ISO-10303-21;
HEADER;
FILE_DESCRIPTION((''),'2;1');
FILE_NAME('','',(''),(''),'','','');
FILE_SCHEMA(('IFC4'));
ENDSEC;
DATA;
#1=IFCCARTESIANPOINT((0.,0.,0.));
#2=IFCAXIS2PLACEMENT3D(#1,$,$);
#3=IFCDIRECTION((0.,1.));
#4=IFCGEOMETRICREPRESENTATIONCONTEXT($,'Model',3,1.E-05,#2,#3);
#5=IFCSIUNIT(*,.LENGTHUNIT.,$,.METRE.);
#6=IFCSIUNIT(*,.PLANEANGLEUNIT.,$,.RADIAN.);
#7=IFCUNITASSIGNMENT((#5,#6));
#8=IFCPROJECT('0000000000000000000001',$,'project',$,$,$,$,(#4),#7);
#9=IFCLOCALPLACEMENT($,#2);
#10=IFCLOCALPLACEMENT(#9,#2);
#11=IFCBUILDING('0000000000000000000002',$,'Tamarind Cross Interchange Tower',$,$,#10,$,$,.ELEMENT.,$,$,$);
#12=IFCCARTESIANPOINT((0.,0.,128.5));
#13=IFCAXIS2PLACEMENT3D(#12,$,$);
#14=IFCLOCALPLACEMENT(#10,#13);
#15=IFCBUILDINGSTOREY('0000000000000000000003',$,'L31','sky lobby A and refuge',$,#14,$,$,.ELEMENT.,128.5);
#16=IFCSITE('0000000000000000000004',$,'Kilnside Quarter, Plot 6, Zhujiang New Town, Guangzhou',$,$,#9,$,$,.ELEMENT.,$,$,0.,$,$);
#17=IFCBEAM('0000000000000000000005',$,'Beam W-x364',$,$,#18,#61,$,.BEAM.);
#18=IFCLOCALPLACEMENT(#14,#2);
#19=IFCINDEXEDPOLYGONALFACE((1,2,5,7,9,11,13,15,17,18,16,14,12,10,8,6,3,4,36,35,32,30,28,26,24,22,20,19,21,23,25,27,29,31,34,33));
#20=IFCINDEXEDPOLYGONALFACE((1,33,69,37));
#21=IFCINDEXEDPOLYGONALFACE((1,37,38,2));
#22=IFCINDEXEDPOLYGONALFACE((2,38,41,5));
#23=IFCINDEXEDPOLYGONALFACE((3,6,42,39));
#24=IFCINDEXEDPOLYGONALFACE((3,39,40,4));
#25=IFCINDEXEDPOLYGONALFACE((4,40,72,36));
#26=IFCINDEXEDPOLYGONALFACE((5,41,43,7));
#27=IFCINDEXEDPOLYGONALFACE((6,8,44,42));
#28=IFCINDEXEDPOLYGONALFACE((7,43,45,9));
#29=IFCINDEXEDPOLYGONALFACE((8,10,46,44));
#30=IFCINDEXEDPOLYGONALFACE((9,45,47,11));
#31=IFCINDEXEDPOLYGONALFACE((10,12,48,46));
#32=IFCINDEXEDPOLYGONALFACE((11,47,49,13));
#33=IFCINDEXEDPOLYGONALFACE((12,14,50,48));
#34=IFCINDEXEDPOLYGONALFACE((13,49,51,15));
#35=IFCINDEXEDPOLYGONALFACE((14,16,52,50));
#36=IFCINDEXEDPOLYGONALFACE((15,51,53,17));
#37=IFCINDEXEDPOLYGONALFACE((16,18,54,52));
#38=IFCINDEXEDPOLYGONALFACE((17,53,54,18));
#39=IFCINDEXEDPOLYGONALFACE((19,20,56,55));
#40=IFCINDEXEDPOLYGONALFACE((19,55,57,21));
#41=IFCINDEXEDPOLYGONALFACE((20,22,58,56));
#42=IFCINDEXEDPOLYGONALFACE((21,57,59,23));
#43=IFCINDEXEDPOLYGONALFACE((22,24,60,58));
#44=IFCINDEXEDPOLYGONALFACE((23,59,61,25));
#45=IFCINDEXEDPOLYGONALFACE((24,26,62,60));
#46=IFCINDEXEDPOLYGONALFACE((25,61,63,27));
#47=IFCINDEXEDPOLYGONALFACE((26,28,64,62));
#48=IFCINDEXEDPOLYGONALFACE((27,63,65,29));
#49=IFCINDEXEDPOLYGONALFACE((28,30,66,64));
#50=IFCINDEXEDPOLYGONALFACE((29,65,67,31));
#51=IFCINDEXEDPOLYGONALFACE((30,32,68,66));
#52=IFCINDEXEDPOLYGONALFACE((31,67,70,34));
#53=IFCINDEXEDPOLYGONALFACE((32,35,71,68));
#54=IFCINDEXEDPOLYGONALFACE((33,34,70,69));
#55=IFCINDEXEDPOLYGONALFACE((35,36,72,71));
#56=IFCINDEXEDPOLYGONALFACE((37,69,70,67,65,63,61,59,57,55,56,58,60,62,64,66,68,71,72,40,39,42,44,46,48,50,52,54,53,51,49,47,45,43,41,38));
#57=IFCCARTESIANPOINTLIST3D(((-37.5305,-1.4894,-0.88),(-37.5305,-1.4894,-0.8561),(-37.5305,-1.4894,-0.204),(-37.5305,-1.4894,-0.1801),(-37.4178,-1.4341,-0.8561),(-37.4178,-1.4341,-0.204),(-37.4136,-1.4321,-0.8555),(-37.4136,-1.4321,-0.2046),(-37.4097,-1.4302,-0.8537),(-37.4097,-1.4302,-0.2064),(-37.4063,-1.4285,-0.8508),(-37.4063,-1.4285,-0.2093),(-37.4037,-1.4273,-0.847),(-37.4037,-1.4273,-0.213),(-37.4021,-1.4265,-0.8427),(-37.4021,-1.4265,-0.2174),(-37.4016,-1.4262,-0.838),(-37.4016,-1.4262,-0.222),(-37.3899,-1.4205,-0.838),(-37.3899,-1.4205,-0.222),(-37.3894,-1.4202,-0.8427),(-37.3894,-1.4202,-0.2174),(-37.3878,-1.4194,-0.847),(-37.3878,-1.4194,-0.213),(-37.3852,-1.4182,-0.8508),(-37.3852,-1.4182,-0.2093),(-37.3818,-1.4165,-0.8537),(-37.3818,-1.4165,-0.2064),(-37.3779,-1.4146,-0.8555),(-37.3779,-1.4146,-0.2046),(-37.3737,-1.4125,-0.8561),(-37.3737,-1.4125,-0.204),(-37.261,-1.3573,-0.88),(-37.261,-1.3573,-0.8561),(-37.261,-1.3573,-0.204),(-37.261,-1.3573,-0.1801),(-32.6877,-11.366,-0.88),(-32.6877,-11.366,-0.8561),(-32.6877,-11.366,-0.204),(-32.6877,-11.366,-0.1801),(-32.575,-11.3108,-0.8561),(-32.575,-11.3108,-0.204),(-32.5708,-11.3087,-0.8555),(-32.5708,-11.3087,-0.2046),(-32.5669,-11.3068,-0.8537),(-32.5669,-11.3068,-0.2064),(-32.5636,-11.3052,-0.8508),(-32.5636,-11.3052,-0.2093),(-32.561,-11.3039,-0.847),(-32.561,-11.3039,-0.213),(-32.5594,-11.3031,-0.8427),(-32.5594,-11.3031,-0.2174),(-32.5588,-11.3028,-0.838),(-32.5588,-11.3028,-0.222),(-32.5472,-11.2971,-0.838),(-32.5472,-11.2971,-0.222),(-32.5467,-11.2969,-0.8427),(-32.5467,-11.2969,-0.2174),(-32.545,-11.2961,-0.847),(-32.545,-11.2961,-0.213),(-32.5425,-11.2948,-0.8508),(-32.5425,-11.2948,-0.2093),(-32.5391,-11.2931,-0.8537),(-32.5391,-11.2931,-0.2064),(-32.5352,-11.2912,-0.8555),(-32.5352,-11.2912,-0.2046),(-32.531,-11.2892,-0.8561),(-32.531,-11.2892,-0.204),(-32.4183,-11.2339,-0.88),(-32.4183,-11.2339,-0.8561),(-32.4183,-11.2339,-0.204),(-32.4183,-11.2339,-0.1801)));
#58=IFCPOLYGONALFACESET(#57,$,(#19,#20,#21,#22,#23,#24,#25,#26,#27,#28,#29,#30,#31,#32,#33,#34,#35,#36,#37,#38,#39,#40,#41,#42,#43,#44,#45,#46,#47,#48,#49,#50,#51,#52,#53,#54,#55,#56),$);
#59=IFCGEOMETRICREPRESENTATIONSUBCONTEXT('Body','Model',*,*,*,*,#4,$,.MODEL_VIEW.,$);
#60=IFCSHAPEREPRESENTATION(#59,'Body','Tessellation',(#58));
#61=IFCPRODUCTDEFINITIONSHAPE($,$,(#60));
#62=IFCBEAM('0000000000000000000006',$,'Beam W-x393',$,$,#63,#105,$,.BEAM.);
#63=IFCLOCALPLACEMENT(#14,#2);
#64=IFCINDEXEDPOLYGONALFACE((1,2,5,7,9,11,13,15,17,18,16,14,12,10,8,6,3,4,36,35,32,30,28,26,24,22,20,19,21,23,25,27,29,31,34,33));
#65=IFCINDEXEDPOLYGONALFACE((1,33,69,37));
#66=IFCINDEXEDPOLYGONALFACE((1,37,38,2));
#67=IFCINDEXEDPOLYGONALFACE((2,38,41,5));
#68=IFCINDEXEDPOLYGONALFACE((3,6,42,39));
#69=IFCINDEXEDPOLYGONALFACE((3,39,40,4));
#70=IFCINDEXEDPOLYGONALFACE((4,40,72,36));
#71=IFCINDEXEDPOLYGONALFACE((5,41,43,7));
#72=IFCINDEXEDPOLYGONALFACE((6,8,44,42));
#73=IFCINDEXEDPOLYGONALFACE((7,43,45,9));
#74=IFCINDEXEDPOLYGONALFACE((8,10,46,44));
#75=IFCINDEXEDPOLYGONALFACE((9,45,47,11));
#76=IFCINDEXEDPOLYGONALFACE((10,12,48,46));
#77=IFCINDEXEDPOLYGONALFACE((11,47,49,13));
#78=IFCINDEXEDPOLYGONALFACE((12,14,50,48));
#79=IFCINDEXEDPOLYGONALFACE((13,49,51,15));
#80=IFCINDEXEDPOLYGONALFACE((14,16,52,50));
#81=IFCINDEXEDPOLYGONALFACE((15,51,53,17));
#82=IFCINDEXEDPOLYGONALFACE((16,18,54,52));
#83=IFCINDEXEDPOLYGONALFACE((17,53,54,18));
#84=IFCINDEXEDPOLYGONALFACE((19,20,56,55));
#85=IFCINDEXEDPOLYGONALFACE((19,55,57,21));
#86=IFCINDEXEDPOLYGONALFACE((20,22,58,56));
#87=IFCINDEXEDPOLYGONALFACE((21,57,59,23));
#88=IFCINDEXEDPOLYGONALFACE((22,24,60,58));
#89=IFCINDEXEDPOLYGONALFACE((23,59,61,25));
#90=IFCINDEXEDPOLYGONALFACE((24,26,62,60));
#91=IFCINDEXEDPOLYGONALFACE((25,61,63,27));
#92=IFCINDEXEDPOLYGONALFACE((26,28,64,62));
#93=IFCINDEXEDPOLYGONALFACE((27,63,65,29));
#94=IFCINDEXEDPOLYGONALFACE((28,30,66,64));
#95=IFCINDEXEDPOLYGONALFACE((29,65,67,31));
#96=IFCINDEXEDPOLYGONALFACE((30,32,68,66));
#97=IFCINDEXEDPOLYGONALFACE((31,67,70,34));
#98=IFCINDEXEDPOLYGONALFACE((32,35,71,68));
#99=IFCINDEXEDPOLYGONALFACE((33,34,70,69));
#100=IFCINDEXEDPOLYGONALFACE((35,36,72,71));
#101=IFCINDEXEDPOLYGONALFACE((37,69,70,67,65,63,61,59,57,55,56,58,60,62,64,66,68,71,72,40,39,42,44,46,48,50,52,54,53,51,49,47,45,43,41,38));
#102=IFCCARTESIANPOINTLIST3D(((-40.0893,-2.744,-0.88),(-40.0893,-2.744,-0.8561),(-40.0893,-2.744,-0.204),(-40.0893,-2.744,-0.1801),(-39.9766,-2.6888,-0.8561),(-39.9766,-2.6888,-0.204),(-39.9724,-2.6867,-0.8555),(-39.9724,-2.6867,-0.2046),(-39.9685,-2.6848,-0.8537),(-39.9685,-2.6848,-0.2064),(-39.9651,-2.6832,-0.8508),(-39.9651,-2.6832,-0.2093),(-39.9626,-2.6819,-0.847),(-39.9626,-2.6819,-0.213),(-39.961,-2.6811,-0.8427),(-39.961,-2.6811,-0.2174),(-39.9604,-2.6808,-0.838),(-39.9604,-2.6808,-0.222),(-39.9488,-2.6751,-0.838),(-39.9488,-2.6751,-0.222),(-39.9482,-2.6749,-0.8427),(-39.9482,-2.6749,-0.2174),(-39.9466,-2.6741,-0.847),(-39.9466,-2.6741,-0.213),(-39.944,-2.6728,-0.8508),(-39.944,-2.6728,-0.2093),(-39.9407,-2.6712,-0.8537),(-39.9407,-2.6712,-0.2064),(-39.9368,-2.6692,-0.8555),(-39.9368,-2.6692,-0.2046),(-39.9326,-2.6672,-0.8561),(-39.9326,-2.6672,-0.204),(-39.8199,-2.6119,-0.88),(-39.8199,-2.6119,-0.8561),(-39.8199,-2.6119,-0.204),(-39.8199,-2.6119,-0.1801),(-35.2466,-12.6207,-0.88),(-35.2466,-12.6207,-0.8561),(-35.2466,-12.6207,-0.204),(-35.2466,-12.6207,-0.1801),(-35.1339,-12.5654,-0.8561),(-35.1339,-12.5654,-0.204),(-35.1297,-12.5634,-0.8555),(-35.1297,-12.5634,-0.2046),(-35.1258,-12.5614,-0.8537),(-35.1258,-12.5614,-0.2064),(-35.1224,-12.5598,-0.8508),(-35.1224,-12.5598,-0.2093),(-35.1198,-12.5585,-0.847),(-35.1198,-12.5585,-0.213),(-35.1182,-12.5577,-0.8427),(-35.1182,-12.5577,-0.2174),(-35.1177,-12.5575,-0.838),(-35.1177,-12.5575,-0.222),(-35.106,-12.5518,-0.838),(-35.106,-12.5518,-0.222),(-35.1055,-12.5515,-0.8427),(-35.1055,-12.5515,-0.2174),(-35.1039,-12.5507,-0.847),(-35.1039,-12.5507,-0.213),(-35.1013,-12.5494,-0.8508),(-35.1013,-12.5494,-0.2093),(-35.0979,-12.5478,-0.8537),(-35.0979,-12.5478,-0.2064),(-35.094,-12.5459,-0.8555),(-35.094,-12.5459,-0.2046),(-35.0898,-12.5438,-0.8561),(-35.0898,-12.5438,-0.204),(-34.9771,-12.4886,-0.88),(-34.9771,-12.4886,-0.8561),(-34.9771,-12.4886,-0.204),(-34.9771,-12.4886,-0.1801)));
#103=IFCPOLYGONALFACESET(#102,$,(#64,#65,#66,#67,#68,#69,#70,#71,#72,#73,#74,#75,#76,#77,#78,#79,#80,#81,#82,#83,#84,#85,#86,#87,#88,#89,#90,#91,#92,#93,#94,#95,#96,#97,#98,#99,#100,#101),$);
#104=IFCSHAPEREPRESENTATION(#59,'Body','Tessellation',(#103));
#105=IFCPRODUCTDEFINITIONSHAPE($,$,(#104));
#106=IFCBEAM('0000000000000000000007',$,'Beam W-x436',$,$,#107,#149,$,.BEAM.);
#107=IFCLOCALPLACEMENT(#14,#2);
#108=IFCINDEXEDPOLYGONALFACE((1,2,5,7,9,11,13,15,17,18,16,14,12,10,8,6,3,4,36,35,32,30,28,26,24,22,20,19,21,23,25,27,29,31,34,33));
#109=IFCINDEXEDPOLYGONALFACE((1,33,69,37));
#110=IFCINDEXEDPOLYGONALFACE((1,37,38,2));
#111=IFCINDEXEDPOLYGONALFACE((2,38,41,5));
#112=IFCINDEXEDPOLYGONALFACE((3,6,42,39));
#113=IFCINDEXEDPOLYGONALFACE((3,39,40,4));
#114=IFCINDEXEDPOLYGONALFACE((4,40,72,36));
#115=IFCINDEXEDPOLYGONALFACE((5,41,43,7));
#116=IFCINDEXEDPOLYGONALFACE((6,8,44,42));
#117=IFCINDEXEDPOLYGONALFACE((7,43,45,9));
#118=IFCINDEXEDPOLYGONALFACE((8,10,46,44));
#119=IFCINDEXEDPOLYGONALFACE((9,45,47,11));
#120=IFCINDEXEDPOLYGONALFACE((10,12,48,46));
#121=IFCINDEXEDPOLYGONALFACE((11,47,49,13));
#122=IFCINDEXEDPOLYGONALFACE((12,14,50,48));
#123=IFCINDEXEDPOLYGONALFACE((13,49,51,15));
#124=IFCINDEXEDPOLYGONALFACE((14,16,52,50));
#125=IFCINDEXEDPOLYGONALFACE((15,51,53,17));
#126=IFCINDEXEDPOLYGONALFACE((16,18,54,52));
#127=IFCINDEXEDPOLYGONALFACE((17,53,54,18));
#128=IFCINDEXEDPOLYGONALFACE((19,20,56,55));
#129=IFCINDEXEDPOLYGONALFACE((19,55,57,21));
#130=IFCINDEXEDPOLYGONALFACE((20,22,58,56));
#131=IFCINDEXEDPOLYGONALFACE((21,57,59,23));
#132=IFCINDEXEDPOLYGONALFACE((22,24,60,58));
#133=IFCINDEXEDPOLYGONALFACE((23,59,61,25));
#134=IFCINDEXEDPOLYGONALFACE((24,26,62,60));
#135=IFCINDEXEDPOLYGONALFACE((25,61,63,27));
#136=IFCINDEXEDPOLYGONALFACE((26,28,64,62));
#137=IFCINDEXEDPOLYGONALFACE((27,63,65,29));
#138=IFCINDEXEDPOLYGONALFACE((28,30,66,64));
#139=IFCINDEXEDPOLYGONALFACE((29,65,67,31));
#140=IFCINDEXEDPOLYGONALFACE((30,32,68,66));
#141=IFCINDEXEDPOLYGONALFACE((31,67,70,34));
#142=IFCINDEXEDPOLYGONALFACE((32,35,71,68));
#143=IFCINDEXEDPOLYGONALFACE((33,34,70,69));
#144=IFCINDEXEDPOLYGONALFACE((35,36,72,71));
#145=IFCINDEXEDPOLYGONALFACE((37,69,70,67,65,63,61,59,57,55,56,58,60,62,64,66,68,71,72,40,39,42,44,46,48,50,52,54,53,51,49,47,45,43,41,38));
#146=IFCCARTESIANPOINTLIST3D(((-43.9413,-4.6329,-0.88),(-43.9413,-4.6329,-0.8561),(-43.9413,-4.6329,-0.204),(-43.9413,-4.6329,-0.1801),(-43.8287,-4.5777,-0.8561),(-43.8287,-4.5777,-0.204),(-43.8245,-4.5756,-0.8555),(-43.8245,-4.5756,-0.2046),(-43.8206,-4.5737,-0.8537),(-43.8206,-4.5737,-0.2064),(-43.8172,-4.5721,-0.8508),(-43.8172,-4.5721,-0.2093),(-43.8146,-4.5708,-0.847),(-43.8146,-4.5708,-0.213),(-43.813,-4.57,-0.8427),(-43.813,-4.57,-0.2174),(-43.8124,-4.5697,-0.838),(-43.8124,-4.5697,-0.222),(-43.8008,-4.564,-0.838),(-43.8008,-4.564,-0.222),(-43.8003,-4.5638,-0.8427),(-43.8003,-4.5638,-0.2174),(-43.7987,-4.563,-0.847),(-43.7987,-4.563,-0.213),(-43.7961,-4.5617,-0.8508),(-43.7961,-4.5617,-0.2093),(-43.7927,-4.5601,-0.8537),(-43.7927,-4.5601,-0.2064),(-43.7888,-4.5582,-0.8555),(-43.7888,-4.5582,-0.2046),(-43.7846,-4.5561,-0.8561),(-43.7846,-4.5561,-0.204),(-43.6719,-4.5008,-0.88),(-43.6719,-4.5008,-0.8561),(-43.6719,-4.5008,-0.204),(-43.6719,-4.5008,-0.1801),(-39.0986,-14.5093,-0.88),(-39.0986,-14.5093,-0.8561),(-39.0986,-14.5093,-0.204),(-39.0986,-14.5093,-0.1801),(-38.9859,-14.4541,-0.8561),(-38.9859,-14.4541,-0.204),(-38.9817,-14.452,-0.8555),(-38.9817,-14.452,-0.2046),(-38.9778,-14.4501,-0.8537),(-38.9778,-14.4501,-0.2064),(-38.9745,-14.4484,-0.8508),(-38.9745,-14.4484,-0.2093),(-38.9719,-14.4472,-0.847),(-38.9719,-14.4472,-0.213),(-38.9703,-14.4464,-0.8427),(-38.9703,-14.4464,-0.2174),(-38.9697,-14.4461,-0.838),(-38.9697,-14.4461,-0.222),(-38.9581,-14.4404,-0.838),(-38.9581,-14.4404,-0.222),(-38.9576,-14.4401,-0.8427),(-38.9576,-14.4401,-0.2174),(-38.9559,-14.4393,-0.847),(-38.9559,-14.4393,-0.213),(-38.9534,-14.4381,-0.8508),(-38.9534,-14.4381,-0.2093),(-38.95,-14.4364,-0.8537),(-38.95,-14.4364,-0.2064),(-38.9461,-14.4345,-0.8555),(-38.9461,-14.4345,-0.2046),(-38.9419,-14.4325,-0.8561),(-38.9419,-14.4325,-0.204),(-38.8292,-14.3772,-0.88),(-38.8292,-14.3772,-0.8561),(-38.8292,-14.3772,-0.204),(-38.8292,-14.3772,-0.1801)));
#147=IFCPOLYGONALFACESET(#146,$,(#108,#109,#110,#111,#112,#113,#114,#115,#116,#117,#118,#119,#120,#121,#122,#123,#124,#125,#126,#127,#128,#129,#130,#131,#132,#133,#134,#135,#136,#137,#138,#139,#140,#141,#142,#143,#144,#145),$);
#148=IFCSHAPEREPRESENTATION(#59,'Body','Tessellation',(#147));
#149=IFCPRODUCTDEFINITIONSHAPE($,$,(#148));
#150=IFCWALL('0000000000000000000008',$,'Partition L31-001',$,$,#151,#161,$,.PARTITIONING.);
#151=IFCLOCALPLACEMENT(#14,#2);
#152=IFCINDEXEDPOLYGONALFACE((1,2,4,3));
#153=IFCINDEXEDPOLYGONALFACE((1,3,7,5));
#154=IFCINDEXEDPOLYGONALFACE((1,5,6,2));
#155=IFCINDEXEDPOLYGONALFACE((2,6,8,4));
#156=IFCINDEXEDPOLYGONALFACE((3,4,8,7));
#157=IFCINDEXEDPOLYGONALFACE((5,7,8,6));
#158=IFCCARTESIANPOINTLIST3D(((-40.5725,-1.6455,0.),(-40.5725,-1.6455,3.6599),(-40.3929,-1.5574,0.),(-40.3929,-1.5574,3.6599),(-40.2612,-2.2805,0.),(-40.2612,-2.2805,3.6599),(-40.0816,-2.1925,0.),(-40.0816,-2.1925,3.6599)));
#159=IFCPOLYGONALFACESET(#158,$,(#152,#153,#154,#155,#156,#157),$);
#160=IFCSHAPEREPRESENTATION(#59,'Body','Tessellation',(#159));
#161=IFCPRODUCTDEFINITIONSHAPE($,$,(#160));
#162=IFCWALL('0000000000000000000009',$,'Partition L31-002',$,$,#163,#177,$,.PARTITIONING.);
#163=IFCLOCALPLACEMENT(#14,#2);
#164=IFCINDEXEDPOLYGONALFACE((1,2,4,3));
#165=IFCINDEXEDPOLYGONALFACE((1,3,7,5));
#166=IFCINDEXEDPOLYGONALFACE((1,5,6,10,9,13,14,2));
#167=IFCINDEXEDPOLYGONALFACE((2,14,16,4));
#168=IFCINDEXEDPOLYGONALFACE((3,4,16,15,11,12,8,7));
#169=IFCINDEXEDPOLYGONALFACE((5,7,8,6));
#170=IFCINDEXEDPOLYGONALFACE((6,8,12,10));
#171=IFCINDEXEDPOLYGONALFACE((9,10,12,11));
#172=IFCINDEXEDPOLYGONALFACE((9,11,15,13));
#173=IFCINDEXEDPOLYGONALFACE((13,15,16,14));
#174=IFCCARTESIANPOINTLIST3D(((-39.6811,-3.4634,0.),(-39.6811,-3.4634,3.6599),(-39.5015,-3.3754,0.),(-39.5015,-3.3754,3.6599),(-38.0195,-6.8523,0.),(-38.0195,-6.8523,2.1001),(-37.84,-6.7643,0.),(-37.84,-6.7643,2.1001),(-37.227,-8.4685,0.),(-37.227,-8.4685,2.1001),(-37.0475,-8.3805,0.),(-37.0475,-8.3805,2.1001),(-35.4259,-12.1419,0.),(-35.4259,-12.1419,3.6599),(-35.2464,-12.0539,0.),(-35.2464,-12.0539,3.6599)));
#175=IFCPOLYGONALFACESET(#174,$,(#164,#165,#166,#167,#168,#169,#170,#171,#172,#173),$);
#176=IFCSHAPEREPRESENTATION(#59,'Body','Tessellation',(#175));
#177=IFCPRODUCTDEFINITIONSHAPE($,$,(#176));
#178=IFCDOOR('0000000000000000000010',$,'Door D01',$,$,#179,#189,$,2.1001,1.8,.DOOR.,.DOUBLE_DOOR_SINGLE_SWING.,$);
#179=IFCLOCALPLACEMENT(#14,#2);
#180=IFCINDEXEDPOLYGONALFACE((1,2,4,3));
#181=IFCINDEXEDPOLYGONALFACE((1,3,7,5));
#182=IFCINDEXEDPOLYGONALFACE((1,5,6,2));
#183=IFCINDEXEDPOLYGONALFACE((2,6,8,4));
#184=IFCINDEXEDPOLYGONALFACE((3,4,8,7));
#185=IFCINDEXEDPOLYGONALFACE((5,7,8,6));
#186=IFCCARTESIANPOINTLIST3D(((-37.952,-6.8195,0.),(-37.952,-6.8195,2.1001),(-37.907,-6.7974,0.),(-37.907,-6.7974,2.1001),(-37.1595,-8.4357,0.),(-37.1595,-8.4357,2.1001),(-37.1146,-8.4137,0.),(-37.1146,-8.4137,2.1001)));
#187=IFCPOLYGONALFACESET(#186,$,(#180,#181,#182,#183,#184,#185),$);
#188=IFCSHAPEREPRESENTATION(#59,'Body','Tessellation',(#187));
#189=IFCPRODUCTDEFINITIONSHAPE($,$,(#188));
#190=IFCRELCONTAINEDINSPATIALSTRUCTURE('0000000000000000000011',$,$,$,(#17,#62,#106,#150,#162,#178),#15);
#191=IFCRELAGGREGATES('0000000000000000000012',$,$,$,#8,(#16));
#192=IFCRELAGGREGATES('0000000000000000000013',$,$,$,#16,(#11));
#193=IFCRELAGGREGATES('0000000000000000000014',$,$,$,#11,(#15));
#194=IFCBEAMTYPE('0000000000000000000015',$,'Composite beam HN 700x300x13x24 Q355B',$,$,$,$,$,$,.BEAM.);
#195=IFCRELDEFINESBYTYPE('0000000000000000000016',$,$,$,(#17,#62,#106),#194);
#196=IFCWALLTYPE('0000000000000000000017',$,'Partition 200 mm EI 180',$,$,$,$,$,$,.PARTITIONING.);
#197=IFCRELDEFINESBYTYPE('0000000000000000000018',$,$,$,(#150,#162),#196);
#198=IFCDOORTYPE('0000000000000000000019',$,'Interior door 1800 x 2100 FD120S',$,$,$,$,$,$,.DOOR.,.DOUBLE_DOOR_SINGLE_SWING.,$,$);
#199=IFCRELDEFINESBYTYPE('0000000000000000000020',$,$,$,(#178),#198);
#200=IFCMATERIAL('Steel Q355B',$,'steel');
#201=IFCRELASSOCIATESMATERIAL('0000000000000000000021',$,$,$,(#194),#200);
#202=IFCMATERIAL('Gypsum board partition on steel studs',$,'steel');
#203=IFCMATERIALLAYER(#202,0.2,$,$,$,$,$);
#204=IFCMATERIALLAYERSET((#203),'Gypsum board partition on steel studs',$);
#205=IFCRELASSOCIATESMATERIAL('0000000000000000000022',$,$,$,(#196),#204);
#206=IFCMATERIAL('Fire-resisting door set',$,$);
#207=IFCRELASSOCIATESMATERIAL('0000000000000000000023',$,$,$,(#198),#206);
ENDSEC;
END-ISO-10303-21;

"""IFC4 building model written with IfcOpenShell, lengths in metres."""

from ifc_helpers import new_model, si_unit, direction, frame, frame_2d, origin, origin_2d, place, context, subcontext, project, spatial, rectangle, i_section, extrude, material, layer, layer_set, material_profile, profile_set, type_object, element, fill, save


model = new_model("IFC4")

# Units and contexts
model_context = context("Model", 3, precision=1e-05, world=origin(), true_north=direction((0.0, 1.0)))
body_context = subcontext(model_context, "Body", "Model", "MODEL_VIEW")
ifc_project = project(units=[si_unit("LENGTHUNIT", "METRE"), si_unit("PLANEANGLEUNIT", "RADIAN")], contexts=[model_context])

# Site, building, storey
site_placement = place(None, origin())
site = spatial("IfcSite", under=ifc_project, at=site_placement, Name="Kilnside Quarter, Plot 6, Zhujiang New Town, Guangzhou", CompositionType="ELEMENT", RefElevation=0.0)
building_placement = place(site_placement, origin())
building = spatial("IfcBuilding", under=site, at=building_placement, Name="Tamarind Cross Interchange Tower", CompositionType="ELEMENT")
storey_placement = place(building_placement, frame((0.0, 0.0, 128.5)))
storey = spatial("IfcBuildingStorey", under=building, at=storey_placement, Name="L31", Description="sky lobby A and refuge", CompositionType="ELEMENT", Elevation=128.5)

# Beams
ifc_material_1 = material(Name="Steel Q355B", Category="steel")
ifc_material_profile_1 = material_profile(ifc_material_1, i_section(OverallWidth=0.3, OverallDepth=0.7, WebThickness=0.0129, FlangeThickness=0.0239, FilletRadius=0.0181, at=origin_2d()), Name="HN 700x300x13x24")
ifc_profile_set_1 = profile_set([ifc_material_profile_1], Name="Steel Q355B")
beam_type_1 = type_object("IfcBeamType", Name="Composite beam HN 700x300x13x24 Q355B", PredefinedType="BEAM", material=ifc_profile_set_1)
for number, where, z_axis, x_axis, name in (
    (1, (-37.3958, -1.4233, -0.53), (0.440249, -0.897876, 0.0), (0.897876, 0.440249, 0.0), "Beam W-x364"),
    (2, (-39.9546, -2.678, -0.53), (0.440249, -0.897876, 0.0), (0.897876, 0.440249, 0.0), "Beam W-x393"),
):
    element("IfcBeam", number, at=place(storey_placement, frame(where, z_axis=z_axis, x_axis=x_axis)), inside=storey, type_object=beam_type_1, Name=name, PredefinedType="BEAM", context=body_context, shape_type="SweptSolid", body=[
        extrude(i_section(OverallWidth=0.3, OverallDepth=0.7, WebThickness=0.0129, FlangeThickness=0.0239, FilletRadius=0.0181, at=origin_2d()), origin(), (0.0, 0.0, 1.0), 11.0),
    ])
beam_1_placement = place(storey_placement, frame((-43.8066, -4.5669, -0.53), z_axis=(0.440258, -0.897872, 0.0), x_axis=(0.897872, 0.440258, 0.0)))
element("IfcBeam", 3, at=beam_1_placement, inside=storey, type_object=beam_type_1, Name="Beam W-x436", PredefinedType="BEAM", context=body_context, shape_type="SweptSolid", body=[
    extrude(i_section(OverallWidth=0.3, OverallDepth=0.7, WebThickness=0.0129, FlangeThickness=0.0239, FilletRadius=0.0181, at=origin_2d()), origin(), (0.0, 0.0, 1.0), 10.9998),
])

# Wall
ifc_material_2 = material(Name="Gypsum board partition on steel studs", Category="steel")
ifc_layer_1 = layer(ifc_material_2, 0.2)
ifc_layer_set_1 = layer_set([ifc_layer_1], Name="Gypsum board partition on steel studs")
wall_type_1 = type_object("IfcWallType", Name="Partition 200 mm EI 180", PredefinedType="PARTITIONING", material=ifc_layer_set_1)
wall_1_placement = place(storey_placement, frame((-40.4827, -1.6016, 0.0), z_axis=(0.0, 0.0, 1.0), x_axis=(0.440157, -0.897921, 0.0)))
element("IfcWall", 4, at=wall_1_placement, inside=storey, type_object=wall_type_1, Name="Partition L31-001", PredefinedType="PARTITIONING", context=body_context, shape_type="SweptSolid", body=[
    extrude(rectangle(XDim=0.7073, YDim=0.2, at=frame_2d((0.3535, 0.0))), origin(), (0.0, 0.0, 1.0), 3.6599),
])

# Wall, opening, door
wall_2_placement = place(storey_placement, frame((-39.5913, -3.4194, 0.0), z_axis=(0.0, 0.0, 1.0), x_axis=(0.440239, -0.897881, 0.0)))
wall_2 = element("IfcWall", 5, at=wall_2_placement, inside=storey, type_object=wall_type_1, Name="Partition L31-002", PredefinedType="PARTITIONING", context=body_context, shape_type="SweptSolid", body=[
    extrude(rectangle(XDim=9.6655, YDim=0.2, at=frame_2d((4.8328, 0.0))), origin(), (0.0, 0.0, 1.0), 3.6599),
])
opening_1_placement = place(wall_2_placement, frame((3.7744, 0.0, 0.0)))
opening_1 = element("IfcOpeningElement", 6, at=opening_1_placement, cuts=wall_2, PredefinedType="OPENING", context=body_context, shape_type="SweptSolid", body=[
    extrude(rectangle(XDim=1.8, YDim=2.1001, at=frame_2d((0.8999, 1.05))), frame((0.0, 0.1099, 0.0), z_axis=(0.0, -1.0, 0.0), x_axis=(1.0, 0.0, 0.0)), (0.0, 0.0, 1.0), 0.22),
])
ifc_material_3 = material(Name="Fire-resisting door set")
door_type = type_object("IfcDoorType", Name="Interior door 1800 x 2100 FD120S", OperationType="DOUBLE_DOOR_SINGLE_SWING", PredefinedType="DOOR", material=ifc_material_3)
door_1_placement = place(opening_1_placement, frame((1.8, 0.0, 0.0), z_axis=(0.0, 0.0, 1.0), x_axis=(-1.0, 0.0, 0.0)))
door_1 = element("IfcDoor", 7, at=door_1_placement, inside=storey, type_object=door_type, Name="Door D01", OperationType="DOUBLE_DOOR_SINGLE_SWING", OverallHeight=2.1001, OverallWidth=1.8, PredefinedType="DOOR", context=body_context, shape_type="SweptSolid", body=[
    extrude(rectangle(XDim=1.8, YDim=2.1001, at=frame_2d((0.8999, 1.05))), frame((0.0, 0.0249, 0.0), z_axis=(0.0, -1.0, 0.0), x_axis=(1.0, 0.0, 0.0)), (0.0, 0.0, 1.0), 0.05),
])
fill(opening_1, door_1)

save(model, "model.ifc")
